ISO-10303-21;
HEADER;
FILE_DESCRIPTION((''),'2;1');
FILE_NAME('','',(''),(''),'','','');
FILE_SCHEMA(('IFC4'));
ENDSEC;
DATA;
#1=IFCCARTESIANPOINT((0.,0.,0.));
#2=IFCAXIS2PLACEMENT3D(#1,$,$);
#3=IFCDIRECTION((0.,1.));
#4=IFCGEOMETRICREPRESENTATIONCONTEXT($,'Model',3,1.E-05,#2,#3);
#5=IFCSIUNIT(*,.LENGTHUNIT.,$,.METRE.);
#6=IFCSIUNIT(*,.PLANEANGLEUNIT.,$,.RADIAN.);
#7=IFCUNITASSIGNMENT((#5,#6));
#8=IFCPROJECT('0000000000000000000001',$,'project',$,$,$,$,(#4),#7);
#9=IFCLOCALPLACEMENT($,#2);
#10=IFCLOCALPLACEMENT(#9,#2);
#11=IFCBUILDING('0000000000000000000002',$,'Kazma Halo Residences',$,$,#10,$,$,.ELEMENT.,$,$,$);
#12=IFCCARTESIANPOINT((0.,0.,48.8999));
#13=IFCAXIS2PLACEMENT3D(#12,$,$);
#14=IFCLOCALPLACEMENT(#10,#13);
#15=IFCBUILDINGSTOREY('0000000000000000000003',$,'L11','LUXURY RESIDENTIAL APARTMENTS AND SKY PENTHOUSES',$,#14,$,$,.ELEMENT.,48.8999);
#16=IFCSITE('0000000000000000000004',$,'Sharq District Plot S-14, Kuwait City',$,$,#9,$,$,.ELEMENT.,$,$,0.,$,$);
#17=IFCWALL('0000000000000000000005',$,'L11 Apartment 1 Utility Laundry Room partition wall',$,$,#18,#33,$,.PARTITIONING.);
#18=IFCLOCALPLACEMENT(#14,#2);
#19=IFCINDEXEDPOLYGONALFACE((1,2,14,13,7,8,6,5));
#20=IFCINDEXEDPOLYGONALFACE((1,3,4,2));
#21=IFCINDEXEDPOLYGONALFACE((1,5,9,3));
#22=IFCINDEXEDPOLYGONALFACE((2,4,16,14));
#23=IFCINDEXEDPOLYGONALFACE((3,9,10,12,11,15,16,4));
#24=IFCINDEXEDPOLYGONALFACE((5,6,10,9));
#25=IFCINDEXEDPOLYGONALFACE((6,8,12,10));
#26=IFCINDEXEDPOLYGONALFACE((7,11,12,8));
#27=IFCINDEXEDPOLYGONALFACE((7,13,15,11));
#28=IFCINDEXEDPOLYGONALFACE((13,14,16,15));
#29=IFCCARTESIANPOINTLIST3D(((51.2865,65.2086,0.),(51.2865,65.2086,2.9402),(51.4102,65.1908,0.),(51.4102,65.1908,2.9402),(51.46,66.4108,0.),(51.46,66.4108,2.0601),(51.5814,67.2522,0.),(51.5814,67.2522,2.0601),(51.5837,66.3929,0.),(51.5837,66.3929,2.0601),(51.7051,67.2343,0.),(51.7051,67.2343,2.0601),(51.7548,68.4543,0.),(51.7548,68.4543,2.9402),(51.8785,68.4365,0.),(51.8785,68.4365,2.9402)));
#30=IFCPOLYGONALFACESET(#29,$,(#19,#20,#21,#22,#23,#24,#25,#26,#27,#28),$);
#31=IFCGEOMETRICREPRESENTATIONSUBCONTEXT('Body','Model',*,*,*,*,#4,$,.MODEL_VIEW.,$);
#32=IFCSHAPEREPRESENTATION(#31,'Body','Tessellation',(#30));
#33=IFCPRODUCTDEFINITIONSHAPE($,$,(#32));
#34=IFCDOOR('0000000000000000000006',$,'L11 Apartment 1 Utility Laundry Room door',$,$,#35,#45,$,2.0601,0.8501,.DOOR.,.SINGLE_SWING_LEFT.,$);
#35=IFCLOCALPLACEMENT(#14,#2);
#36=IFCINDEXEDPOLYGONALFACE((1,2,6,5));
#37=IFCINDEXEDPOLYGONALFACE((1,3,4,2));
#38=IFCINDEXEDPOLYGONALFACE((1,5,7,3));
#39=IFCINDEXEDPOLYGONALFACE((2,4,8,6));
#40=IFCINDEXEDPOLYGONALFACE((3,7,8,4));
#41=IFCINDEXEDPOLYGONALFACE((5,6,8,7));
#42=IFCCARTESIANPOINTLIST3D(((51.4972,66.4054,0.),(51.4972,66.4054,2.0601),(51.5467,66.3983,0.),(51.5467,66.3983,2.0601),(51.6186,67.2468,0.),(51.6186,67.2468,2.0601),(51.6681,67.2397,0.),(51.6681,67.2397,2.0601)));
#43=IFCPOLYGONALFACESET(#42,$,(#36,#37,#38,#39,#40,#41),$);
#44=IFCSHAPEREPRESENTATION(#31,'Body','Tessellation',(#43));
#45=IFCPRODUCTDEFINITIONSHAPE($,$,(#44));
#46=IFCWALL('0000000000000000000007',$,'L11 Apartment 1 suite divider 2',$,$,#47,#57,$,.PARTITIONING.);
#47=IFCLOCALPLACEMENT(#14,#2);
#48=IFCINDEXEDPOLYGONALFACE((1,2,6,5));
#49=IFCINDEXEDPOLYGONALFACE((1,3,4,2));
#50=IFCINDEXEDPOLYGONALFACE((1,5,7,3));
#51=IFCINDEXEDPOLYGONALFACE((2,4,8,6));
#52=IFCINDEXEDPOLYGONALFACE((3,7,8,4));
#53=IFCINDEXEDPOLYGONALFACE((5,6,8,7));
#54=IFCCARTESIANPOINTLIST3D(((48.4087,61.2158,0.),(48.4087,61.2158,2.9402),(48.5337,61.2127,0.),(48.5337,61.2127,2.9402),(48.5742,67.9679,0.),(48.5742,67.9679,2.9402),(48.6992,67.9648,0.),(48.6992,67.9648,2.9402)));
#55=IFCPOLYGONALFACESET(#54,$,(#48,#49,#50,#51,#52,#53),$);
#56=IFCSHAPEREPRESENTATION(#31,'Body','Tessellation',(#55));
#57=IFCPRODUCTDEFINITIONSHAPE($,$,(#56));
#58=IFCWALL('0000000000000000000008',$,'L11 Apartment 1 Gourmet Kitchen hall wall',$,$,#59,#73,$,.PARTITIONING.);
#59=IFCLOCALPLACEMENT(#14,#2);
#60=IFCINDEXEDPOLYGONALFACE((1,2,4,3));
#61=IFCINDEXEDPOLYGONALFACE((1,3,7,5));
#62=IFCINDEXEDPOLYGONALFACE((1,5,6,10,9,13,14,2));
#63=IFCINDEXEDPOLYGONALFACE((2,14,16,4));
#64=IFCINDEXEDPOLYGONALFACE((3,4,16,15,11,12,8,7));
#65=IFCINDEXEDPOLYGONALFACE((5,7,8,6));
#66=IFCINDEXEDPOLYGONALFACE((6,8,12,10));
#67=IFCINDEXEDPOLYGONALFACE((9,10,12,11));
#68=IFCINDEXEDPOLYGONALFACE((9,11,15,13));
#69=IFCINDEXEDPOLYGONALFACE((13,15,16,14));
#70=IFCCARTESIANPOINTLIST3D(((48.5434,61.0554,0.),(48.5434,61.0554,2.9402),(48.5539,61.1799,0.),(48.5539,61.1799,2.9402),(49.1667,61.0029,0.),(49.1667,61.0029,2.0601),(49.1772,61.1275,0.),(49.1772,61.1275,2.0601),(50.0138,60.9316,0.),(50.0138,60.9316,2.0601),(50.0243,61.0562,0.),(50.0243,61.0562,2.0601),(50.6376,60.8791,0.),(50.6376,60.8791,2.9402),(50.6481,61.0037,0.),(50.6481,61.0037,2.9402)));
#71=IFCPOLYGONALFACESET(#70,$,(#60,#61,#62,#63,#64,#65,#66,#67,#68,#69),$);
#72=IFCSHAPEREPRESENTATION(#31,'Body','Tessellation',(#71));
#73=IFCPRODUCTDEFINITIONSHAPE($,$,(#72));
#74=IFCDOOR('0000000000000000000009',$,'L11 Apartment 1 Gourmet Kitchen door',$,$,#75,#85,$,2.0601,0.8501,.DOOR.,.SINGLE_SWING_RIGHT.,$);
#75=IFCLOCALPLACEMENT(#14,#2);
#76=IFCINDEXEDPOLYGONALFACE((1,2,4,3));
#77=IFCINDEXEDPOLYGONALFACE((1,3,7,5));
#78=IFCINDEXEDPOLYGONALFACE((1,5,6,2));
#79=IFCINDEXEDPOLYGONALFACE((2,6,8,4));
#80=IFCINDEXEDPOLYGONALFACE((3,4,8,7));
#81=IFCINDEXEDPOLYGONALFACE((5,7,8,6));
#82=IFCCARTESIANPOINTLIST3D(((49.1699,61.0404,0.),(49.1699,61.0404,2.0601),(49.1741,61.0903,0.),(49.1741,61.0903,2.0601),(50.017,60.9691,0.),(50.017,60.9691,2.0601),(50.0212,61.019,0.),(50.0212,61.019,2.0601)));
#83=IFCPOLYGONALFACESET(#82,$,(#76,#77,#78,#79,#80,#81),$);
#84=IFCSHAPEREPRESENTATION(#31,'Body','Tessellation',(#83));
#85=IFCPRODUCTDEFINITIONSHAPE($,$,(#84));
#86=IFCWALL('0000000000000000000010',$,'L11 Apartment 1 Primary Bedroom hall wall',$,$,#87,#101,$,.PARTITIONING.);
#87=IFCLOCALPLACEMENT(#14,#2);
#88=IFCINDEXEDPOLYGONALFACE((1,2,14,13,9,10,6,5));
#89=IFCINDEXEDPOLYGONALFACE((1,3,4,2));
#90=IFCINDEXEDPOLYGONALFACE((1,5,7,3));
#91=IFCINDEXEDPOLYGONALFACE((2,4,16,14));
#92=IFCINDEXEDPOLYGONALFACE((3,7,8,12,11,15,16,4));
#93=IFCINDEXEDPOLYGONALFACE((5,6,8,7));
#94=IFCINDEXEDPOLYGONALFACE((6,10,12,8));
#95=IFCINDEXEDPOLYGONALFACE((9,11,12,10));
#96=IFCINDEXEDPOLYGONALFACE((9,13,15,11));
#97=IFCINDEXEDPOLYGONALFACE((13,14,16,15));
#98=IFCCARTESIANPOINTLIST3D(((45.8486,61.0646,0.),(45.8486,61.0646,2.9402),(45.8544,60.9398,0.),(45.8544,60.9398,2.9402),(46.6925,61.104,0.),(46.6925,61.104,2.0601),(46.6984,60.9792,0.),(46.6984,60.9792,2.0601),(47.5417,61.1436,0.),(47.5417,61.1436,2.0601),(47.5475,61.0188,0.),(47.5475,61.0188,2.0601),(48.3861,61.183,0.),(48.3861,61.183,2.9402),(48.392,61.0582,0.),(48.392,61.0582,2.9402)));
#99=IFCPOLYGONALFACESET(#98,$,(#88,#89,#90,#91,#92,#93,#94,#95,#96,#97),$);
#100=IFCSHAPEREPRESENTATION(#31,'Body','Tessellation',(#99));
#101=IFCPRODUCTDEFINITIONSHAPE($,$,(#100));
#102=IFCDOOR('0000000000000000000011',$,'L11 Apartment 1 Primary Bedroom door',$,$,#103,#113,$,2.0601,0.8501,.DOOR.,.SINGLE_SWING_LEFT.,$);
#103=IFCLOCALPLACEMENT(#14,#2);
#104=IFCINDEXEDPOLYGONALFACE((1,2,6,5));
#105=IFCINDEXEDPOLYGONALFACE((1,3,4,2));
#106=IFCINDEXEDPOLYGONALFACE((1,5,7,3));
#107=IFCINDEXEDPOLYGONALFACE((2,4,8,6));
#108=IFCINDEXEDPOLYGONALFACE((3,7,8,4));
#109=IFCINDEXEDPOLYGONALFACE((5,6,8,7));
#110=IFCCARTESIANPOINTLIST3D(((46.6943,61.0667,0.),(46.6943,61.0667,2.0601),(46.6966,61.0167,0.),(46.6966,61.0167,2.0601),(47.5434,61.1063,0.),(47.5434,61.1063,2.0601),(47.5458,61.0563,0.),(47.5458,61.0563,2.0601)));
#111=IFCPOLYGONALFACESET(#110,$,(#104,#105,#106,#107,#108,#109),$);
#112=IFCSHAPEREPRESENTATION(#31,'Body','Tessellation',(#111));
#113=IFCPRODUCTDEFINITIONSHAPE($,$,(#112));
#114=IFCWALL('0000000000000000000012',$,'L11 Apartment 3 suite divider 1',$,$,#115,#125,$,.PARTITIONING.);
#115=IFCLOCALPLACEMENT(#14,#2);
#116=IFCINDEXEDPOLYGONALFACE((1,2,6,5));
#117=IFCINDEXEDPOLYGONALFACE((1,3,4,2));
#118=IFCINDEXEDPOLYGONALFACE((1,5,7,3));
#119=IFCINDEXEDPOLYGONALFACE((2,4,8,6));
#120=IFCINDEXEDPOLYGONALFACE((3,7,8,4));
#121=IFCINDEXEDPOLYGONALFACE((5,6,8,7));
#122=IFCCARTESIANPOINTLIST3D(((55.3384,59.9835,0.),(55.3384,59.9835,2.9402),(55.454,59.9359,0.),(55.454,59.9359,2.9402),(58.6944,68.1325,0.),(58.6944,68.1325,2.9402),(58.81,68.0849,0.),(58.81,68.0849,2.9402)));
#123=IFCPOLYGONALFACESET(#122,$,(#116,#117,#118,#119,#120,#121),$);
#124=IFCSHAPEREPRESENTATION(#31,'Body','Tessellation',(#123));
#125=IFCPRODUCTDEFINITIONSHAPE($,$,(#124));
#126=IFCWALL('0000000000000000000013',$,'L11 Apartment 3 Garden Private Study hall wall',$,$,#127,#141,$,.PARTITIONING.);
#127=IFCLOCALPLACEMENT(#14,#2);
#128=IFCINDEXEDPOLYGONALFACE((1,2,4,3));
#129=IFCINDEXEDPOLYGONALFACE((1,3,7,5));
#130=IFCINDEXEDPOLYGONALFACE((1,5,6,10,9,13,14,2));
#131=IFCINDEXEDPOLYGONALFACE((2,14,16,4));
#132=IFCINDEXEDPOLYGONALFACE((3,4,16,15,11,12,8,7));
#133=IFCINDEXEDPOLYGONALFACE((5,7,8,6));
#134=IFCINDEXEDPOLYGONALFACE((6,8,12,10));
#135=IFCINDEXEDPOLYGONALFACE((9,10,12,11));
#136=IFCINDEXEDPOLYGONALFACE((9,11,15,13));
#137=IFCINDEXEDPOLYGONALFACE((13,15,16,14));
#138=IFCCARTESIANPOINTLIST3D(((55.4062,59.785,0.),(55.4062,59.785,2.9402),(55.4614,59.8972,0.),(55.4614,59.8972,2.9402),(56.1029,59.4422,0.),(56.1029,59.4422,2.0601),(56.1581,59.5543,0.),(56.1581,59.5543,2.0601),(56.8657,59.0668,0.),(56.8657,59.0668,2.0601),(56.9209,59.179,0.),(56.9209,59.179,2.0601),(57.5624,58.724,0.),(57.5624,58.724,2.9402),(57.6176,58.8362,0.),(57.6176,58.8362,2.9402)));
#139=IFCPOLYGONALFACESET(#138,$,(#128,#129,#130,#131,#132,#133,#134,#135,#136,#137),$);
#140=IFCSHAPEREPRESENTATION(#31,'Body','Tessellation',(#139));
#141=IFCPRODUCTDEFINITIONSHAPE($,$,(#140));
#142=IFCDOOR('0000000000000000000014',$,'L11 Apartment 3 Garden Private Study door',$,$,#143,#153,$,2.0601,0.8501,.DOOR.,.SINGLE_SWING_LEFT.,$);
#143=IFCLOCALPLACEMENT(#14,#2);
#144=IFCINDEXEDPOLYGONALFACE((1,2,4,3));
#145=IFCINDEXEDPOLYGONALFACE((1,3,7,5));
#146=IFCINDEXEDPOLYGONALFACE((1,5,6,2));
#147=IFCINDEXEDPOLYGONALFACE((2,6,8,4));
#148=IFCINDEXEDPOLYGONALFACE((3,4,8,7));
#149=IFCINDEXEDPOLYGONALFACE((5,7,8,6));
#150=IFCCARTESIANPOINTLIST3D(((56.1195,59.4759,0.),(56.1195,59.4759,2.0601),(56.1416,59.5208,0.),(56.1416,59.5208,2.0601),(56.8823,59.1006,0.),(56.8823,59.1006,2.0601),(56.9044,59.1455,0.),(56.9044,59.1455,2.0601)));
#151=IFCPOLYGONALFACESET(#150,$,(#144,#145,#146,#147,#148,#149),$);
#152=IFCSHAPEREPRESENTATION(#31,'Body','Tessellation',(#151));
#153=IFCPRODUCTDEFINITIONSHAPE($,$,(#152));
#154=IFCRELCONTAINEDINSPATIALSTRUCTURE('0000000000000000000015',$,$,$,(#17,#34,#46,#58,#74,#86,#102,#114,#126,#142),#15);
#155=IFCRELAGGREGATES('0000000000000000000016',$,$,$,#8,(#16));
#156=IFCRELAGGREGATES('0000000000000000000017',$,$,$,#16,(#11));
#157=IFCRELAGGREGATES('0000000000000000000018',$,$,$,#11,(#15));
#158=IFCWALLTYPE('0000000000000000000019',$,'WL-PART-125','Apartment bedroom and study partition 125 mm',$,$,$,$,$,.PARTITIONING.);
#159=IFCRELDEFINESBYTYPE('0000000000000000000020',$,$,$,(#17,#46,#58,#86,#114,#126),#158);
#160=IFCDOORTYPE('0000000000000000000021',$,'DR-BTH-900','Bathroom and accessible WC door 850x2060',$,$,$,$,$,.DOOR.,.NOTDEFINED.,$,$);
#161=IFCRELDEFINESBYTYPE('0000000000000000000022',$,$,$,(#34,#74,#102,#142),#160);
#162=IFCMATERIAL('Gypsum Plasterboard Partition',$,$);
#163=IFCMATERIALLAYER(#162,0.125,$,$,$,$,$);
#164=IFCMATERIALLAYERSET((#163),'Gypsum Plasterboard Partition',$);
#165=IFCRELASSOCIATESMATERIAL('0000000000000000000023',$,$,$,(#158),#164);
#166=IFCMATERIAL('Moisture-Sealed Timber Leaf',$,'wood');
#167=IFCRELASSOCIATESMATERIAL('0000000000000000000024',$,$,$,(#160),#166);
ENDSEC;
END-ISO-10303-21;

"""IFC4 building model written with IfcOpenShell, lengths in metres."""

from ifc_helpers import new_model, si_unit, direction, frame, frame_2d, origin, place, context, subcontext, project, spatial, rectangle, extrude, material, layer, layer_set, type_object, element, fill, save


model = new_model("IFC4")

# Units and contexts
model_context = context("Model", 3, precision=1e-05, world=origin(), true_north=direction((0.0, 1.0)))
body_context = subcontext(model_context, "Body", "Model", "MODEL_VIEW")
ifc_project = project(units=[si_unit("LENGTHUNIT", "METRE"), si_unit("PLANEANGLEUNIT", "RADIAN")], contexts=[model_context])

# Site, building, storey
site_placement = place(None, origin())
site = spatial("IfcSite", under=ifc_project, at=site_placement, Name="Sharq District Plot S-14, Kuwait City", CompositionType="ELEMENT", RefElevation=0.0)
building_placement = place(site_placement, origin())
building = spatial("IfcBuilding", under=site, at=building_placement, Name="Kazma Halo Residences", CompositionType="ELEMENT")
storey_placement = place(building_placement, frame((0.0, 0.0, 48.8999)))
storey = spatial("IfcBuildingStorey", under=building, at=storey_placement, Name="L11", Description="LUXURY RESIDENTIAL APARTMENTS AND SKY PENTHOUSES", CompositionType="ELEMENT", Elevation=48.8999)

# Wall, opening, door
ifc_material_1 = material(Name="Gypsum Plasterboard Partition")
ifc_layer_1 = layer(ifc_material_1, 0.125)
ifc_layer_set_1 = layer_set([ifc_layer_1], Name="Gypsum Plasterboard Partition")
wall_type_1 = type_object("IfcWallType", Name="WL-PART-125", Description="Apartment bedroom and study partition 125 mm", PredefinedType="PARTITIONING", material=ifc_layer_set_1)
wall_1_placement = place(storey_placement, frame((51.3484, 65.1997, 0.0), z_axis=(0.0, 0.0, 1.0), x_axis=(0.142797, 0.989752, 0.0)))
wall_1 = element("IfcWall", 1, at=wall_1_placement, inside=storey, type_object=wall_type_1, Name="L11 Apartment 1 Utility Laundry Room partition wall", PredefinedType="PARTITIONING", context=body_context, shape_type="SweptSolid", body=[
    extrude(rectangle(XDim=3.2793, YDim=0.125, at=frame_2d((1.6396, 0.0))), origin(), (0.0, 0.0, 1.0), 2.9402),
])
opening_1_placement = place(wall_1_placement, frame((1.2146, 0.0, 0.0)))
opening_1 = element("IfcOpeningElement", 2, at=opening_1_placement, cuts=wall_1, PredefinedType="OPENING", context=body_context, shape_type="SweptSolid", body=[
    extrude(rectangle(XDim=0.8501, YDim=2.0601, at=frame_2d((0.425, 1.03))), frame((0.0, 0.0725, 0.0), z_axis=(0.0, -1.0, 0.0), x_axis=(1.0, 0.0, 0.0)), (0.0, 0.0, 1.0), 0.145),
])
ifc_material_2 = material(Name="Moisture-Sealed Timber Leaf", Category="wood")
door_type = type_object("IfcDoorType", Name="DR-BTH-900", Description="Bathroom and accessible WC door 850x2060", OperationType="NOTDEFINED", PredefinedType="DOOR", material=ifc_material_2)
door_1_placement = place(opening_1_placement, origin())
door_1 = element("IfcDoor", 3, at=door_1_placement, inside=storey, type_object=door_type, Name="L11 Apartment 1 Utility Laundry Room door", OperationType="SINGLE_SWING_LEFT", OverallHeight=2.0601, OverallWidth=0.8501, PredefinedType="DOOR", context=body_context, shape_type="SweptSolid", body=[
    extrude(rectangle(XDim=0.8501, YDim=2.0601, at=frame_2d((0.425, 1.03))), frame((0.0, 0.0249, 0.0), z_axis=(0.0, -1.0, 0.0), x_axis=(1.0, 0.0, 0.0)), (0.0, 0.0, 1.0), 0.05),
])
fill(opening_1, door_1)

# Wall
wall_2_placement = place(storey_placement, frame((48.4712, 61.2144, 0.0), z_axis=(0.0, 0.0, 1.0), x_axis=(0.024507, 0.9997, 0.0)))
element("IfcWall", 4, at=wall_2_placement, inside=storey, type_object=wall_type_1, Name="L11 Apartment 1 suite divider 2", PredefinedType="PARTITIONING", context=body_context, shape_type="SweptSolid", body=[
    extrude(rectangle(XDim=6.7542, YDim=0.125, at=frame_2d((3.377, 0.0))), origin(), (0.0, 0.0, 1.0), 2.9402),
])

# Walls, openings, doors
wall_3_placement = place(storey_placement, frame((50.6428, 60.9414, 0.0), z_axis=(0.0, 0.0, 1.0), x_axis=(-0.996477, 0.083872, 0.0)))
wall_3 = element("IfcWall", 5, at=wall_3_placement, inside=storey, type_object=wall_type_1, Name="L11 Apartment 1 Gourmet Kitchen hall wall", PredefinedType="PARTITIONING", context=body_context, shape_type="SweptSolid", body=[
    extrude(rectangle(XDim=2.1016, YDim=0.125, at=frame_2d((1.0508, 0.0))), origin(), (0.0, 0.0, 1.0), 2.9402),
])
opening_2_placement = place(wall_3_placement, frame((0.626, 0.0, 0.0)))
opening_2 = element("IfcOpeningElement", 6, at=opening_2_placement, cuts=wall_3, PredefinedType="OPENING", context=body_context, shape_type="SweptSolid", body=[
    extrude(rectangle(XDim=0.8501, YDim=2.0601, at=frame_2d((0.425, 1.03))), frame((0.0, 0.0725, 0.0), z_axis=(0.0, -1.0, 0.0), x_axis=(1.0, 0.0, 0.0)), (0.0, 0.0, 1.0), 0.145),
])
door_2_placement = place(opening_2_placement, origin())
door_2 = element("IfcDoor", 7, at=door_2_placement, inside=storey, type_object=door_type, Name="L11 Apartment 1 Gourmet Kitchen door", OperationType="SINGLE_SWING_RIGHT", OverallHeight=2.0601, OverallWidth=0.8501, PredefinedType="DOOR", context=body_context, shape_type="SweptSolid", body=[
    extrude(rectangle(XDim=0.8501, YDim=2.0601, at=frame_2d((0.425, 1.03))), frame((0.0, 0.0249, 0.0), z_axis=(0.0, -1.0, 0.0), x_axis=(1.0, 0.0, 0.0)), (0.0, 0.0, 1.0), 0.05),
])
fill(opening_2, door_2)
wall_4_placement = place(storey_placement, frame((48.3889, 61.1206, 0.0), z_axis=(0.0, 0.0, 1.0), x_axis=(-0.998913, -0.046611, 0.0)))
wall_4 = element("IfcWall", 8, at=wall_4_placement, inside=storey, type_object=wall_type_1, Name="L11 Apartment 1 Primary Bedroom hall wall", PredefinedType="PARTITIONING", context=body_context, shape_type="SweptSolid", body=[
    extrude(rectangle(XDim=2.5403, YDim=0.125, at=frame_2d((1.27, 0.0))), origin(), (0.0, 0.0, 1.0), 2.9402),
])
opening_3_placement = place(wall_4_placement, frame((0.8452, 0.0, 0.0)))
opening_3 = element("IfcOpeningElement", 9, at=opening_3_placement, cuts=wall_4, PredefinedType="OPENING", context=body_context, shape_type="SweptSolid", body=[
    extrude(rectangle(XDim=0.8501, YDim=2.0601, at=frame_2d((0.425, 1.03))), frame((0.0, 0.0725, 0.0), z_axis=(0.0, -1.0, 0.0), x_axis=(1.0, 0.0, 0.0)), (0.0, 0.0, 1.0), 0.145),
])
door_3_placement = place(opening_3_placement, origin())
door_3 = element("IfcDoor", 10, at=door_3_placement, inside=storey, type_object=door_type, Name="L11 Apartment 1 Primary Bedroom door", OperationType="SINGLE_SWING_LEFT", OverallHeight=2.0601, OverallWidth=0.8501, PredefinedType="DOOR", context=body_context, shape_type="SweptSolid", body=[
    extrude(rectangle(XDim=0.8501, YDim=2.0601, at=frame_2d((0.425, 1.03))), frame((0.0, 0.0249, 0.0), z_axis=(0.0, -1.0, 0.0), x_axis=(1.0, 0.0, 0.0)), (0.0, 0.0, 1.0), 0.05),
])
fill(opening_3, door_3)

# Wall
wall_5_placement = place(storey_placement, frame((55.3962, 59.9597, 0.0), z_axis=(0.0, 0.0, 1.0), x_axis=(0.3808, 0.924657, 0.0)))
element("IfcWall", 11, at=wall_5_placement, inside=storey, type_object=wall_type_1, Name="L11 Apartment 3 suite divider 1", PredefinedType="PARTITIONING", context=body_context, shape_type="SweptSolid", body=[
    extrude(rectangle(XDim=8.813, YDim=0.125, at=frame_2d((4.4065, 0.0))), origin(), (0.0, 0.0, 1.0), 2.9402),
])

# Wall, opening, door
wall_6_placement = place(storey_placement, frame((57.5901, 58.78, 0.0), z_axis=(0.0, 0.0, 1.0), x_axis=(-0.897254, 0.441515, 0.0)))
wall_6 = element("IfcWall", 12, at=wall_6_placement, inside=storey, type_object=wall_type_1, Name="L11 Apartment 3 Garden Private Study hall wall", PredefinedType="PARTITIONING", context=body_context, shape_type="SweptSolid", body=[
    extrude(rectangle(XDim=2.4031, YDim=0.125, at=frame_2d((1.2017, 0.0))), origin(), (0.0, 0.0, 1.0), 2.9402),
])
opening_4_placement = place(wall_6_placement, frame((0.7766, 0.0, 0.0)))
opening_4 = element("IfcOpeningElement", 13, at=opening_4_placement, cuts=wall_6, PredefinedType="OPENING", context=body_context, shape_type="SweptSolid", body=[
    extrude(rectangle(XDim=0.8501, YDim=2.0601, at=frame_2d((0.425, 1.03))), frame((0.0, 0.0725, 0.0), z_axis=(0.0, -1.0, 0.0), x_axis=(1.0, 0.0, 0.0)), (0.0, 0.0, 1.0), 0.145),
])
door_4_placement = place(opening_4_placement, origin())
door_4 = element("IfcDoor", 14, at=door_4_placement, inside=storey, type_object=door_type, Name="L11 Apartment 3 Garden Private Study door", OperationType="SINGLE_SWING_LEFT", OverallHeight=2.0601, OverallWidth=0.8501, PredefinedType="DOOR", context=body_context, shape_type="SweptSolid", body=[
    extrude(rectangle(XDim=0.8501, YDim=2.0601, at=frame_2d((0.425, 1.03))), frame((0.0, 0.0249, 0.0), z_axis=(0.0, -1.0, 0.0), x_axis=(1.0, 0.0, 0.0)), (0.0, 0.0, 1.0), 0.05),
])
fill(opening_4, door_4)

save(model, "model.ifc")
